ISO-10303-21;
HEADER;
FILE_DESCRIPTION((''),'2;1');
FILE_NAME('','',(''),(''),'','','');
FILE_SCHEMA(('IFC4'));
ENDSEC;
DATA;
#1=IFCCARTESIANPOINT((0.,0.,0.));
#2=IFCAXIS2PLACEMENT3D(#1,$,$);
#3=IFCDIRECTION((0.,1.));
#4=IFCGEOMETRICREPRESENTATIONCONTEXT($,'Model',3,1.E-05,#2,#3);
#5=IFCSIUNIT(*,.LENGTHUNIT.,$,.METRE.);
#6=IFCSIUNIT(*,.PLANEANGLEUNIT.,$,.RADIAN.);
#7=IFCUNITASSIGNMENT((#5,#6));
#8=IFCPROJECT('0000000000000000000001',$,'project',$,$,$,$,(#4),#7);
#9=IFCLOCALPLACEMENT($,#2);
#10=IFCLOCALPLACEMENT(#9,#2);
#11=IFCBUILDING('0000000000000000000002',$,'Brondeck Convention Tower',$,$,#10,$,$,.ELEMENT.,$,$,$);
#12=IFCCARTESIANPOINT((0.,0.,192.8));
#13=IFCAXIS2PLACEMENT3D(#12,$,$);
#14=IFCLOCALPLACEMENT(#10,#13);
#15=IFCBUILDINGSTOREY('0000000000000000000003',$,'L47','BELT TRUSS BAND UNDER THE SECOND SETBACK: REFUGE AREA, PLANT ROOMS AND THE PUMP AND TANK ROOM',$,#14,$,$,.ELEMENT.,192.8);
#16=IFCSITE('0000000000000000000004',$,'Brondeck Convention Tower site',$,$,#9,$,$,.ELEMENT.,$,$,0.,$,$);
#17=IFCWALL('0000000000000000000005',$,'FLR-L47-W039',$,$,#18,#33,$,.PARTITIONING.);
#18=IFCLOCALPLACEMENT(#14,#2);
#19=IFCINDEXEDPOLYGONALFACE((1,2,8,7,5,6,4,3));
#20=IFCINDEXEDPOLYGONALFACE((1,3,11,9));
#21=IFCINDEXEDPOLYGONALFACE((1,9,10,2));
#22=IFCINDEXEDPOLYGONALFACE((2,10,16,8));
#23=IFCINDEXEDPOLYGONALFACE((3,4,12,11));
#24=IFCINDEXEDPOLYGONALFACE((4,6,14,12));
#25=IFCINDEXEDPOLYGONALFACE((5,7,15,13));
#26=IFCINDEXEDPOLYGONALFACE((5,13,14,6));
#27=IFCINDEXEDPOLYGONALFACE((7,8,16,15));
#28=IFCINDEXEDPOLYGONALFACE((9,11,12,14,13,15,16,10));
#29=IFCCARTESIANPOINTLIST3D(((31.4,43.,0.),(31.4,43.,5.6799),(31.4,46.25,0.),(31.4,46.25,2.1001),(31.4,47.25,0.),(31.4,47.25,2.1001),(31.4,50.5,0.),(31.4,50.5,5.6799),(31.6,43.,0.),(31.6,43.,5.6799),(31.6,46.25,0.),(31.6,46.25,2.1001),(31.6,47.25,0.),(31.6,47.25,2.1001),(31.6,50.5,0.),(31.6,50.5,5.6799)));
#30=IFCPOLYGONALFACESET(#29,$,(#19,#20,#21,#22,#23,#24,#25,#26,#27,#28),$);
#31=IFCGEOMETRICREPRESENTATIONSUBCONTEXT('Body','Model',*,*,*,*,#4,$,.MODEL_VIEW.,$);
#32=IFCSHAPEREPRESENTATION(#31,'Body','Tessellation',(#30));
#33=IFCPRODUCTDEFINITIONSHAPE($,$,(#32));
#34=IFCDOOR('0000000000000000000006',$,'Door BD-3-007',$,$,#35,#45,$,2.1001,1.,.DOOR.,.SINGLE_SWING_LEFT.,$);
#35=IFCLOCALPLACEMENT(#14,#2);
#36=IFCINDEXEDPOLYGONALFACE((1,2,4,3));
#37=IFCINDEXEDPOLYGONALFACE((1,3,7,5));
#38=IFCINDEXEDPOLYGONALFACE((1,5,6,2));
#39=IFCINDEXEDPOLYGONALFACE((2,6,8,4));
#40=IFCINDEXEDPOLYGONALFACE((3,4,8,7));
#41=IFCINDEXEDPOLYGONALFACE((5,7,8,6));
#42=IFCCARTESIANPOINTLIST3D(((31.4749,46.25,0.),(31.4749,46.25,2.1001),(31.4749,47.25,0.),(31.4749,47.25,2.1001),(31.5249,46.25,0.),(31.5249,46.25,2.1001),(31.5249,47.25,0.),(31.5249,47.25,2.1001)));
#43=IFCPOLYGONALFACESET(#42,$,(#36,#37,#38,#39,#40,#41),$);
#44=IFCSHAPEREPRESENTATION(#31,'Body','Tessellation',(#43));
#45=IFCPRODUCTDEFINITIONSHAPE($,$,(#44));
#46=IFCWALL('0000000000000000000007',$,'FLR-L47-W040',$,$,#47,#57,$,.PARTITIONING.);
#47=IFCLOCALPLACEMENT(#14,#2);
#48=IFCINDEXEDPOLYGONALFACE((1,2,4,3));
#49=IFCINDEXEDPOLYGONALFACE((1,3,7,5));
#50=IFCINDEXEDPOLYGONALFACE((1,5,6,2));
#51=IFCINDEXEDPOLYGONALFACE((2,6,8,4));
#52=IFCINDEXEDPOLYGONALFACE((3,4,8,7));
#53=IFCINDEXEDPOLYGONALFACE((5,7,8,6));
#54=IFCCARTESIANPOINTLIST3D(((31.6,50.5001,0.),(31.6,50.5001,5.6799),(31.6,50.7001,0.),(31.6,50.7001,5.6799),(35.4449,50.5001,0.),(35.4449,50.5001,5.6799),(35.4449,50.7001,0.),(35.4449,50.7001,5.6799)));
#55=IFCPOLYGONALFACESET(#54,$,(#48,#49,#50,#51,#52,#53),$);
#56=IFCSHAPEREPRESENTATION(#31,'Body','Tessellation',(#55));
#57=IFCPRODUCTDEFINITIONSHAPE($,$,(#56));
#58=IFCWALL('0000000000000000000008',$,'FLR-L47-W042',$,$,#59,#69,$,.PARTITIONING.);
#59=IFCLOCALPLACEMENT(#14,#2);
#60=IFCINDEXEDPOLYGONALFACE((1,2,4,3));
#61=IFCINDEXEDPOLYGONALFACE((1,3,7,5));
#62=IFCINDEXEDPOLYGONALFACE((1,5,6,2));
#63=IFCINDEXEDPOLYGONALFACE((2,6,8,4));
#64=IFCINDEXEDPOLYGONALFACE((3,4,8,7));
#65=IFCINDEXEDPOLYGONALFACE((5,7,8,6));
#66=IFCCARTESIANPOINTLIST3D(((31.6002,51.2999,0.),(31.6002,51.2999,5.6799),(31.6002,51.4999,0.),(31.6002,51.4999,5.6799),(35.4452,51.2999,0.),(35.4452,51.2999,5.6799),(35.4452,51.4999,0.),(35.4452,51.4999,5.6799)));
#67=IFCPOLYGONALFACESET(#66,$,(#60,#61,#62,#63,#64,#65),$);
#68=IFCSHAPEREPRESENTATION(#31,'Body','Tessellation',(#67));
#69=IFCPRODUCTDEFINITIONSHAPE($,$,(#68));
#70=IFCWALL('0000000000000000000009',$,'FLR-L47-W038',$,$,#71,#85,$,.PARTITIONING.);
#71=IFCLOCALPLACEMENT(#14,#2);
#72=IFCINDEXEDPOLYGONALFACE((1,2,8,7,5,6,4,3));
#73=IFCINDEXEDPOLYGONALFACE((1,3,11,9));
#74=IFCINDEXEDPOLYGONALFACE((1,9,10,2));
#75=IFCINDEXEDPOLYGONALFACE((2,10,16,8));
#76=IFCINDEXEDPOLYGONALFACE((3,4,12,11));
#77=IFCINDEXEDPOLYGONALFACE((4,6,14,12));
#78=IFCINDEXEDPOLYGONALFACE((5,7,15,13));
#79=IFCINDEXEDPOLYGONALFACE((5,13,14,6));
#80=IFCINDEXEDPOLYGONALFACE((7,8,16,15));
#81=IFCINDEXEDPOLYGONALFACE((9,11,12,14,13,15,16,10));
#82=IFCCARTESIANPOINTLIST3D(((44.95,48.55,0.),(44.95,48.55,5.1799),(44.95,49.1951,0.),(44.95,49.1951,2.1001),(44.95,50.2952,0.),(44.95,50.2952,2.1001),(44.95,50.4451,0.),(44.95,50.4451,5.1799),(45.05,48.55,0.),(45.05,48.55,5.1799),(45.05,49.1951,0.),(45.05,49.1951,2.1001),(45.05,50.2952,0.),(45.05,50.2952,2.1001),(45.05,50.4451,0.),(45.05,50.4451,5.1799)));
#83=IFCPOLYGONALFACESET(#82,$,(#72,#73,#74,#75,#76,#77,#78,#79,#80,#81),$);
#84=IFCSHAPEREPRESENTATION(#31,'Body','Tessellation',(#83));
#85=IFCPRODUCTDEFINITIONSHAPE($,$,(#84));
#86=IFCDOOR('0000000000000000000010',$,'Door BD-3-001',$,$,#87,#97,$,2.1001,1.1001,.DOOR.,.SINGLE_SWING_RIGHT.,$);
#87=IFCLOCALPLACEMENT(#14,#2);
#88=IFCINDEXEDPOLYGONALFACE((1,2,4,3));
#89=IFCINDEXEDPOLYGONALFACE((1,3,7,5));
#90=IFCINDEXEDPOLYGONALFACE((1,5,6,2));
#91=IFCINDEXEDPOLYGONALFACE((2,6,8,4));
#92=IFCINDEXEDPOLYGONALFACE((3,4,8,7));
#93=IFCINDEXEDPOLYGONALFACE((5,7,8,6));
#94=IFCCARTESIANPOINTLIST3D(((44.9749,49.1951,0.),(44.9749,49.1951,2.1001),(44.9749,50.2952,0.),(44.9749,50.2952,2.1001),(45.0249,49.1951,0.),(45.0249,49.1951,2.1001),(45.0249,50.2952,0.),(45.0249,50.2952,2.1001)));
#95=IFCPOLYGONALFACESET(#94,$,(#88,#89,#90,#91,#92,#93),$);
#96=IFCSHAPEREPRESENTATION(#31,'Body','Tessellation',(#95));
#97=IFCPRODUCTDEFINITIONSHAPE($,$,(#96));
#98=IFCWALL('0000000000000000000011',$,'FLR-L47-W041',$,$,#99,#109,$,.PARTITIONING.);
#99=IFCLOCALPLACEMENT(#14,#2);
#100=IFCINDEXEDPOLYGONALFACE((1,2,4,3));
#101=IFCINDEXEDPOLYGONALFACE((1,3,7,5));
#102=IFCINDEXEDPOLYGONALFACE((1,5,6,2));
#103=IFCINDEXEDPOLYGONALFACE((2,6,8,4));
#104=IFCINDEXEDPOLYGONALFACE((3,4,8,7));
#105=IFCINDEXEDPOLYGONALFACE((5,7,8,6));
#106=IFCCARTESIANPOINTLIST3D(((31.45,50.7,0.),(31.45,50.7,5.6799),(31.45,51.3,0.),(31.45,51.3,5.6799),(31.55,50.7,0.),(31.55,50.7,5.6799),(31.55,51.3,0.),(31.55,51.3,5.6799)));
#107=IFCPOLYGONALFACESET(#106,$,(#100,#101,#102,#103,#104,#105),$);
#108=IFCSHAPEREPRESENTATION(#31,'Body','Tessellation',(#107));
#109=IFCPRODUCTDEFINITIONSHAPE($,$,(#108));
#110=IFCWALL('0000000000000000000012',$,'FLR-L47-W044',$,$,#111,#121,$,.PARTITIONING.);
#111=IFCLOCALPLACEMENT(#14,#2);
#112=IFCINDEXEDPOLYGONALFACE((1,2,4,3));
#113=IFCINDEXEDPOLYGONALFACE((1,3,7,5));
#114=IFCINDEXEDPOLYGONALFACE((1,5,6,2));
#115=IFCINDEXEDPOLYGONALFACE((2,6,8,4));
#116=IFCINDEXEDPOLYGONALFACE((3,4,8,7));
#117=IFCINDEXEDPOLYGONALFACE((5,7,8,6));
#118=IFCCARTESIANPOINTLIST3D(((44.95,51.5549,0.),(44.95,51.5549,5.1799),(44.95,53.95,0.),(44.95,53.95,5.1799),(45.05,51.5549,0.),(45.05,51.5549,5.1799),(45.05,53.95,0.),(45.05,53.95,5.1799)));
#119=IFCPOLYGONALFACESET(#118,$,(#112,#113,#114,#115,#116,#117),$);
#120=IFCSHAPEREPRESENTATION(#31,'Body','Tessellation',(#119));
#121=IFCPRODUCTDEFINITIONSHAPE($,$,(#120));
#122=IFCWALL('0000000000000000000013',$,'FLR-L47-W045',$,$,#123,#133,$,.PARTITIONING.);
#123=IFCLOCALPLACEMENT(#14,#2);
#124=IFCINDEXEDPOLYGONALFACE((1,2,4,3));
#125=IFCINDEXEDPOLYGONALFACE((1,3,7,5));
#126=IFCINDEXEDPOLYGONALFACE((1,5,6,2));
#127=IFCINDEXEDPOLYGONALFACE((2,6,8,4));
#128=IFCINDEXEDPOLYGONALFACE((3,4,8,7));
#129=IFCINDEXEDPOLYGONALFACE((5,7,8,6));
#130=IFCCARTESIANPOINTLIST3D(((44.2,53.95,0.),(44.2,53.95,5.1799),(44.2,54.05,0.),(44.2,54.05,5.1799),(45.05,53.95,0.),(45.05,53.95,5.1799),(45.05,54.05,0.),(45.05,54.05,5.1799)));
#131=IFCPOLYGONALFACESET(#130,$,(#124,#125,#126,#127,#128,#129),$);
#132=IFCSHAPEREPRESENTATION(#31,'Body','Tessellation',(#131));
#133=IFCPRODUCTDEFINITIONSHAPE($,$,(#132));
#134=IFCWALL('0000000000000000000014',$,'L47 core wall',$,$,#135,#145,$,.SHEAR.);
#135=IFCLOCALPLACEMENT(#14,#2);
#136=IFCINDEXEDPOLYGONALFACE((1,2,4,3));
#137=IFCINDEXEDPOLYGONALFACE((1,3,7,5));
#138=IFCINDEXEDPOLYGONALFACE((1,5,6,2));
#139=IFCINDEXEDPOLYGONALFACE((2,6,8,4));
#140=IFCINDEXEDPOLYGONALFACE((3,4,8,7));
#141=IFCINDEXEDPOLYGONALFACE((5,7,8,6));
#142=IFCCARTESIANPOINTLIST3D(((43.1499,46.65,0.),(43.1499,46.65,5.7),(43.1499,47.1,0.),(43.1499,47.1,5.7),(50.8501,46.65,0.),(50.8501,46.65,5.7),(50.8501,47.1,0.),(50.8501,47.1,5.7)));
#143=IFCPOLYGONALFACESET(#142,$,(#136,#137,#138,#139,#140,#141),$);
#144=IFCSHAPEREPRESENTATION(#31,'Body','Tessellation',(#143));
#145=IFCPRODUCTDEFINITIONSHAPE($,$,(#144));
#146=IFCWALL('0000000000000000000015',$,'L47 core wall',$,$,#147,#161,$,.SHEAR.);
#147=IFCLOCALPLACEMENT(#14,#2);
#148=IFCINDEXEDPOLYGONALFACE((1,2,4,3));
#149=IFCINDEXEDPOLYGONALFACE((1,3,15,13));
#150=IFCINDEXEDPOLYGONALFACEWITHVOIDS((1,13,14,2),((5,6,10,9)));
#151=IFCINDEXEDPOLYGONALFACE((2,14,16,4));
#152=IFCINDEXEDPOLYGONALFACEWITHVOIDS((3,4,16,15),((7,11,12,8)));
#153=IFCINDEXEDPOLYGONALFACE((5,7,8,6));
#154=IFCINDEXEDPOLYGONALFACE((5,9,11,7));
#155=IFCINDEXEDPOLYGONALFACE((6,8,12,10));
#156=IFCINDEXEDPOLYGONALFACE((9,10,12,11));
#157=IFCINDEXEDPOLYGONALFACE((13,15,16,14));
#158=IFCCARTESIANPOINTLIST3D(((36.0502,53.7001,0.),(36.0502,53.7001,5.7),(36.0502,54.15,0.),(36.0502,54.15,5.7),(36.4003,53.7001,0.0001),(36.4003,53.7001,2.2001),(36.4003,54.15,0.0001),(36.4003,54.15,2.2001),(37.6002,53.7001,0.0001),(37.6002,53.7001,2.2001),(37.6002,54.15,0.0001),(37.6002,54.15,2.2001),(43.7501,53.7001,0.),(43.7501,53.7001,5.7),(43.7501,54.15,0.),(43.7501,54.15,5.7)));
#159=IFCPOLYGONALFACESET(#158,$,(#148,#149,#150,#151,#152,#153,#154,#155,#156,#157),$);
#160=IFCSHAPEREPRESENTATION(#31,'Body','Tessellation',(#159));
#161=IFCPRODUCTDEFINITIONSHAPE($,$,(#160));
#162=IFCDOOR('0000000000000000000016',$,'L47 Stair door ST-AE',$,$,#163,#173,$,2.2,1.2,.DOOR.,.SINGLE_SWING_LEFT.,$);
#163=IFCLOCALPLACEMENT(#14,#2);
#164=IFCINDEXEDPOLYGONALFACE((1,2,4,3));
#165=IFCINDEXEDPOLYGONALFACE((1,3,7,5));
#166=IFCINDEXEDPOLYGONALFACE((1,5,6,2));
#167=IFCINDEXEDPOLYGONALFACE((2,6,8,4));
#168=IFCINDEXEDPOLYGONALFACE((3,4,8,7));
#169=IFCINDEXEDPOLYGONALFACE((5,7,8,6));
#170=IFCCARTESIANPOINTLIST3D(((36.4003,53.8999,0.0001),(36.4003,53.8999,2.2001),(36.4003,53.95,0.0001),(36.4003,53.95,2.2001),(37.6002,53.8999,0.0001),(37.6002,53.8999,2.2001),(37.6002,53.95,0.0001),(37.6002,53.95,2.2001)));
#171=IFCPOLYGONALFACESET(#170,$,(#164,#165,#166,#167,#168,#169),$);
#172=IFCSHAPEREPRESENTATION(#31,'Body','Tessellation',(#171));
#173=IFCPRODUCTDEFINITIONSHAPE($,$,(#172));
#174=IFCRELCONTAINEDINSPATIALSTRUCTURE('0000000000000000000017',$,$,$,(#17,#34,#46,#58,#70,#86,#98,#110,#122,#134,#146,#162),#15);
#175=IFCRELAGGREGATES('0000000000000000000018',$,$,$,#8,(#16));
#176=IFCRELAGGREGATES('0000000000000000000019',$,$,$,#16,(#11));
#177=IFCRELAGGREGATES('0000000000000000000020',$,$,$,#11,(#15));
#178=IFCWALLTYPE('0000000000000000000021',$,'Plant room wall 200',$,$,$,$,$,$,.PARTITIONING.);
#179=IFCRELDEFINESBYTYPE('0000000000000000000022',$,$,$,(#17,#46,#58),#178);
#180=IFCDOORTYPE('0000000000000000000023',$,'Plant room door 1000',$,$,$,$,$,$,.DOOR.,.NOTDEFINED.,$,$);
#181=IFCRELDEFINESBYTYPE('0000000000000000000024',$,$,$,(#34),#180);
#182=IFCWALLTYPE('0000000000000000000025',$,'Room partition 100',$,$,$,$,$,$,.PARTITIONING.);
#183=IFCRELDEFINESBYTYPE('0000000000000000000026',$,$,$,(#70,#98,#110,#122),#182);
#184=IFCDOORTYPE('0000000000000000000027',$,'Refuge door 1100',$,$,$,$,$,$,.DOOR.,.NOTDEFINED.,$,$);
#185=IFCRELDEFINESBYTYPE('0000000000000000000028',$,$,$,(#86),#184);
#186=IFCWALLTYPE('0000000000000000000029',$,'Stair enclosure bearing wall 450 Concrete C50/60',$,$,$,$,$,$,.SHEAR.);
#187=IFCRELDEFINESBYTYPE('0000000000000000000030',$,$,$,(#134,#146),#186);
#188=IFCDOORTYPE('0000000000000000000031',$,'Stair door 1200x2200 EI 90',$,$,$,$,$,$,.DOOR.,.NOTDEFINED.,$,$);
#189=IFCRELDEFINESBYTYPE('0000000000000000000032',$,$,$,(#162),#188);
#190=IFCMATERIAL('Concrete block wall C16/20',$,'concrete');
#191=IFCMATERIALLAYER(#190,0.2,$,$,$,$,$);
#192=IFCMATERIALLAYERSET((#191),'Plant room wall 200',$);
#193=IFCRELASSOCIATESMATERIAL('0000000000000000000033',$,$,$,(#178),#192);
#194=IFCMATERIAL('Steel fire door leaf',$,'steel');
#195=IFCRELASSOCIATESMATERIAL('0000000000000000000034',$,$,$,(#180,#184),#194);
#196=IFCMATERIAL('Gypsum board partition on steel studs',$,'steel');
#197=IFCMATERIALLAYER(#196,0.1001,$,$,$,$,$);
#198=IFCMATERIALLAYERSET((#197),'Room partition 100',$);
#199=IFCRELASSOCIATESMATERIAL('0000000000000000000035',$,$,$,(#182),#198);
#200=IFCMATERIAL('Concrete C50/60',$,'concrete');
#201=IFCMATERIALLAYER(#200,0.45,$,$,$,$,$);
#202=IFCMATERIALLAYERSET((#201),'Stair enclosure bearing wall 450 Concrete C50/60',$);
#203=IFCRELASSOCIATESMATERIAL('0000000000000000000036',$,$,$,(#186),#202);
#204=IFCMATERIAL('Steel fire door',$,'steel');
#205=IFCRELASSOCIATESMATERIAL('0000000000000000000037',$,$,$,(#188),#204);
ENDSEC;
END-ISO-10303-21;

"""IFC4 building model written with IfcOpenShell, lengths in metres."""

from ifc_helpers import new_model, si_unit, direction, frame, frame_2d, origin, place, context, subcontext, project, spatial, rectangle, extrude, material, layer, layer_set, type_object, element, fill, save


model = new_model("IFC4")

# Units and contexts
model_context = context("Model", 3, precision=1e-05, world=origin(), true_north=direction((0.0, 1.0)))
body_context = subcontext(model_context, "Body", "Model", "MODEL_VIEW")
ifc_project = project(units=[si_unit("LENGTHUNIT", "METRE"), si_unit("PLANEANGLEUNIT", "RADIAN")], contexts=[model_context])

# Site, building, storey
site_placement = place(None, origin())
site = spatial("IfcSite", under=ifc_project, at=site_placement, Name="Brondeck Convention Tower site", CompositionType="ELEMENT", RefElevation=0.0)
building_placement = place(site_placement, origin())
building = spatial("IfcBuilding", under=site, at=building_placement, Name="Brondeck Convention Tower", CompositionType="ELEMENT")
storey_placement = place(building_placement, frame((0.0, 0.0, 192.8)))
storey = spatial("IfcBuildingStorey", under=building, at=storey_placement, Name="L47", Description="BELT TRUSS BAND UNDER THE SECOND SETBACK: REFUGE AREA, PLANT ROOMS AND THE PUMP AND TANK ROOM", CompositionType="ELEMENT", Elevation=192.8)

# Wall, opening, door
ifc_material_1 = material(Name="Concrete block wall C16/20", Category="concrete")
ifc_layer_1 = layer(ifc_material_1, 0.2)
ifc_layer_set_1 = layer_set([ifc_layer_1], Name="Plant room wall 200")
wall_type_1 = type_object("IfcWallType", Name="Plant room wall 200", PredefinedType="PARTITIONING", material=ifc_layer_set_1)
wall_1_placement = place(storey_placement, frame((31.5, 50.5, 0.0), z_axis=(0.0, 0.0, 1.0), x_axis=(0.0, -1.0, 0.0)))
wall_1 = element("IfcWall", 1, at=wall_1_placement, inside=storey, type_object=wall_type_1, Name="FLR-L47-W039", PredefinedType="PARTITIONING", context=body_context, shape_type="SweptSolid", body=[
    extrude(rectangle(XDim=7.5, YDim=0.2, at=frame_2d((3.75, 0.0))), origin(), (0.0, 0.0, 1.0), 5.6799),
])
opening_1_placement = place(wall_1_placement, frame((3.25, 0.0, 0.0)))
opening_1 = element("IfcOpeningElement", 2, at=opening_1_placement, cuts=wall_1, PredefinedType="OPENING", context=body_context, shape_type="SweptSolid", body=[
    extrude(rectangle(XDim=1.0, YDim=2.1001, at=frame_2d((0.5, 1.05))), frame((0.0, 0.1099, 0.0), z_axis=(0.0, -1.0, 0.0), x_axis=(1.0, 0.0, 0.0)), (0.0, 0.0, 1.0), 0.22),
])
ifc_material_2 = material(Name="Steel fire door leaf", Category="steel")
door_type_1 = type_object("IfcDoorType", Name="Plant room door 1000", OperationType="NOTDEFINED", PredefinedType="DOOR", material=ifc_material_2)
door_1_placement = place(opening_1_placement, origin())
door_1 = element("IfcDoor", 3, at=door_1_placement, inside=storey, type_object=door_type_1, Name="Door BD-3-007", OperationType="SINGLE_SWING_LEFT", OverallHeight=2.1001, OverallWidth=1.0, PredefinedType="DOOR", context=body_context, shape_type="SweptSolid", body=[
    extrude(rectangle(XDim=1.0, YDim=2.1001, at=frame_2d((0.5, 1.05))), frame((0.0, 0.0249, 0.0), z_axis=(0.0, -1.0, 0.0), x_axis=(1.0, 0.0, 0.0)), (0.0, 0.0, 1.0), 0.05),
])
fill(opening_1, door_1)

# Walls
for number, where, z_axis, x_axis, name in (
    (4, (31.6001, 50.6001, 0.0), (0.0, 0.0, 1.0), (1.0, 0.0, 0.0), "FLR-L47-W040"),
    (5, (35.4451, 51.3999, 0.0), (0.0, 0.0, 1.0), (-1.0, 0.0, 0.0), "FLR-L47-W042"),
):
    element("IfcWall", number, at=place(storey_placement, frame(where, z_axis=z_axis, x_axis=x_axis)), inside=storey, type_object=wall_type_1, Name=name, PredefinedType="PARTITIONING", context=body_context, shape_type="SweptSolid", body=[
        extrude(rectangle(XDim=3.845, YDim=0.2, at=frame_2d((1.9224, 0.0))), origin(), (0.0, 0.0, 1.0), 5.6799),
    ])

# Wall, opening, door
ifc_material_3 = material(Name="Gypsum board partition on steel studs", Category="steel")
ifc_layer_2 = layer(ifc_material_3, 0.1001)
ifc_layer_set_2 = layer_set([ifc_layer_2], Name="Room partition 100")
wall_type_2 = type_object("IfcWallType", Name="Room partition 100", PredefinedType="PARTITIONING", material=ifc_layer_set_2)
wall_2_placement = place(storey_placement, frame((45.0, 50.4451, 0.0), z_axis=(0.0, 0.0, 1.0), x_axis=(0.0, -1.0, 0.0)))
wall_2 = element("IfcWall", 6, at=wall_2_placement, inside=storey, type_object=wall_type_2, Name="FLR-L47-W038", PredefinedType="PARTITIONING", context=body_context, shape_type="SweptSolid", body=[
    extrude(rectangle(XDim=1.895, YDim=0.1001, at=frame_2d((0.9475, 0.0))), origin(), (0.0, 0.0, 1.0), 5.1799),
])
opening_2_placement = place(wall_2_placement, frame((0.1499, 0.0, 0.0)))
opening_2 = element("IfcOpeningElement", 7, at=opening_2_placement, cuts=wall_2, PredefinedType="OPENING", context=body_context, shape_type="SweptSolid", body=[
    extrude(rectangle(XDim=1.1001, YDim=2.1001, at=frame_2d((0.55, 1.05))), frame((0.0, 0.0601, 0.0), z_axis=(0.0, -1.0, 0.0), x_axis=(1.0, 0.0, 0.0)), (0.0, 0.0, 1.0), 0.1201),
])
door_type_2 = type_object("IfcDoorType", Name="Refuge door 1100", OperationType="NOTDEFINED", PredefinedType="DOOR", material=ifc_material_2)
door_2_placement = place(opening_2_placement, origin())
door_2 = element("IfcDoor", 8, at=door_2_placement, inside=storey, type_object=door_type_2, Name="Door BD-3-001", OperationType="SINGLE_SWING_RIGHT", OverallHeight=2.1001, OverallWidth=1.1001, PredefinedType="DOOR", context=body_context, shape_type="SweptSolid", body=[
    extrude(rectangle(XDim=1.1001, YDim=2.1001, at=frame_2d((0.55, 1.05))), frame((0.0, 0.0249, 0.0), z_axis=(0.0, -1.0, 0.0), x_axis=(1.0, 0.0, 0.0)), (0.0, 0.0, 1.0), 0.05),
])
fill(opening_2, door_2)

# Walls
wall_3_placement = place(storey_placement, frame((31.5, 51.3, 0.0), z_axis=(0.0, 0.0, 1.0), x_axis=(0.0, -1.0, 0.0)))
element("IfcWall", 9, at=wall_3_placement, inside=storey, type_object=wall_type_2, Name="FLR-L47-W041", PredefinedType="PARTITIONING", context=body_context, shape_type="SweptSolid", body=[
    extrude(rectangle(XDim=0.6001, YDim=0.1001, at=frame_2d((0.3, 0.0))), origin(), (0.0, 0.0, 1.0), 5.6799),
])
wall_4_placement = place(storey_placement, frame((45.0, 53.95, 0.0), z_axis=(0.0, 0.0, 1.0), x_axis=(0.0, -1.0, 0.0)))
element("IfcWall", 10, at=wall_4_placement, inside=storey, type_object=wall_type_2, Name="FLR-L47-W044", PredefinedType="PARTITIONING", context=body_context, shape_type="SweptSolid", body=[
    extrude(rectangle(XDim=2.395, YDim=0.1001, at=frame_2d((1.1975, 0.0))), origin(), (0.0, 0.0, 1.0), 5.1799),
])
wall_5_placement = place(storey_placement, frame((44.2, 54.0, 0.0), z_axis=(0.0, 0.0, 1.0), x_axis=(1.0, 0.0, 0.0)))
element("IfcWall", 11, at=wall_5_placement, inside=storey, type_object=wall_type_2, Name="FLR-L47-W045", PredefinedType="PARTITIONING", context=body_context, shape_type="SweptSolid", body=[
    extrude(rectangle(XDim=0.8501, YDim=0.1001, at=frame_2d((0.425, 0.0))), origin(), (0.0, 0.0, 1.0), 5.1799),
])
ifc_material_4 = material(Name="Concrete C50/60", Category="concrete")
ifc_layer_3 = layer(ifc_material_4, 0.45)
ifc_layer_set_3 = layer_set([ifc_layer_3], Name="Stair enclosure bearing wall 450 Concrete C50/60")
wall_type_3 = type_object("IfcWallType", Name="Stair enclosure bearing wall 450 Concrete C50/60", PredefinedType="SHEAR", material=ifc_layer_set_3)
wall_6_placement = place(storey_placement, frame((43.1499, 46.875, 0.0), z_axis=(0.0, 0.0, 1.0), x_axis=(1.0, 0.0, 0.0)))
element("IfcWall", 12, at=wall_6_placement, inside=storey, type_object=wall_type_3, Name="L47 core wall", PredefinedType="SHEAR", context=body_context, shape_type="SweptSolid", body=[
    extrude(rectangle(XDim=7.7002, YDim=0.45, at=frame_2d((3.8501, 0.0))), origin(), (0.0, 0.0, 1.0), 5.7),
])

# Wall, opening, door
wall_7_placement = place(storey_placement, frame((36.05, 53.925, 0.0), z_axis=(0.0, 0.0, 1.0), x_axis=(1.0, 0.0, 0.0)))
wall_7 = element("IfcWall", 13, at=wall_7_placement, inside=storey, type_object=wall_type_3, Name="L47 core wall", PredefinedType="SHEAR", context=body_context, shape_type="SweptSolid", body=[
    extrude(rectangle(XDim=7.7, YDim=0.45, at=frame_2d((3.8501, 0.0))), origin(), (0.0, 0.0, 1.0), 5.7),
])
opening_3_placement = place(wall_7_placement, frame((0.3501, 0.0, 0.0)))
opening_3 = element("IfcOpeningElement", 14, at=opening_3_placement, cuts=wall_7, PredefinedType="OPENING", context=body_context, shape_type="SweptSolid", body=[
    extrude(rectangle(XDim=1.2, YDim=2.2, at=frame_2d((0.6001, 1.1001))), frame((0.0, 0.2349, 0.0), z_axis=(0.0, -1.0, 0.0), x_axis=(1.0, 0.0, 0.0)), (0.0, 0.0, 1.0), 0.47),
])
ifc_material_5 = material(Name="Steel fire door", Category="steel")
door_type_3 = type_object("IfcDoorType", Name="Stair door 1200x2200 EI 90", OperationType="NOTDEFINED", PredefinedType="DOOR", material=ifc_material_5)
door_3_placement = place(opening_3_placement, origin())
door_3 = element("IfcDoor", 15, at=door_3_placement, inside=storey, type_object=door_type_3, Name="L47 Stair door ST-AE", OperationType="SINGLE_SWING_LEFT", OverallHeight=2.2, OverallWidth=1.2, PredefinedType="DOOR", context=body_context, shape_type="SweptSolid", body=[
    extrude(rectangle(XDim=1.2, YDim=2.2, at=frame_2d((0.6001, 1.1001))), frame((0.0, 0.0249, 0.0), z_axis=(0.0, -1.0, 0.0), x_axis=(1.0, 0.0, 0.0)), (0.0, 0.0, 1.0), 0.05),
])
fill(opening_3, door_3)

save(model, "model.ifc")
